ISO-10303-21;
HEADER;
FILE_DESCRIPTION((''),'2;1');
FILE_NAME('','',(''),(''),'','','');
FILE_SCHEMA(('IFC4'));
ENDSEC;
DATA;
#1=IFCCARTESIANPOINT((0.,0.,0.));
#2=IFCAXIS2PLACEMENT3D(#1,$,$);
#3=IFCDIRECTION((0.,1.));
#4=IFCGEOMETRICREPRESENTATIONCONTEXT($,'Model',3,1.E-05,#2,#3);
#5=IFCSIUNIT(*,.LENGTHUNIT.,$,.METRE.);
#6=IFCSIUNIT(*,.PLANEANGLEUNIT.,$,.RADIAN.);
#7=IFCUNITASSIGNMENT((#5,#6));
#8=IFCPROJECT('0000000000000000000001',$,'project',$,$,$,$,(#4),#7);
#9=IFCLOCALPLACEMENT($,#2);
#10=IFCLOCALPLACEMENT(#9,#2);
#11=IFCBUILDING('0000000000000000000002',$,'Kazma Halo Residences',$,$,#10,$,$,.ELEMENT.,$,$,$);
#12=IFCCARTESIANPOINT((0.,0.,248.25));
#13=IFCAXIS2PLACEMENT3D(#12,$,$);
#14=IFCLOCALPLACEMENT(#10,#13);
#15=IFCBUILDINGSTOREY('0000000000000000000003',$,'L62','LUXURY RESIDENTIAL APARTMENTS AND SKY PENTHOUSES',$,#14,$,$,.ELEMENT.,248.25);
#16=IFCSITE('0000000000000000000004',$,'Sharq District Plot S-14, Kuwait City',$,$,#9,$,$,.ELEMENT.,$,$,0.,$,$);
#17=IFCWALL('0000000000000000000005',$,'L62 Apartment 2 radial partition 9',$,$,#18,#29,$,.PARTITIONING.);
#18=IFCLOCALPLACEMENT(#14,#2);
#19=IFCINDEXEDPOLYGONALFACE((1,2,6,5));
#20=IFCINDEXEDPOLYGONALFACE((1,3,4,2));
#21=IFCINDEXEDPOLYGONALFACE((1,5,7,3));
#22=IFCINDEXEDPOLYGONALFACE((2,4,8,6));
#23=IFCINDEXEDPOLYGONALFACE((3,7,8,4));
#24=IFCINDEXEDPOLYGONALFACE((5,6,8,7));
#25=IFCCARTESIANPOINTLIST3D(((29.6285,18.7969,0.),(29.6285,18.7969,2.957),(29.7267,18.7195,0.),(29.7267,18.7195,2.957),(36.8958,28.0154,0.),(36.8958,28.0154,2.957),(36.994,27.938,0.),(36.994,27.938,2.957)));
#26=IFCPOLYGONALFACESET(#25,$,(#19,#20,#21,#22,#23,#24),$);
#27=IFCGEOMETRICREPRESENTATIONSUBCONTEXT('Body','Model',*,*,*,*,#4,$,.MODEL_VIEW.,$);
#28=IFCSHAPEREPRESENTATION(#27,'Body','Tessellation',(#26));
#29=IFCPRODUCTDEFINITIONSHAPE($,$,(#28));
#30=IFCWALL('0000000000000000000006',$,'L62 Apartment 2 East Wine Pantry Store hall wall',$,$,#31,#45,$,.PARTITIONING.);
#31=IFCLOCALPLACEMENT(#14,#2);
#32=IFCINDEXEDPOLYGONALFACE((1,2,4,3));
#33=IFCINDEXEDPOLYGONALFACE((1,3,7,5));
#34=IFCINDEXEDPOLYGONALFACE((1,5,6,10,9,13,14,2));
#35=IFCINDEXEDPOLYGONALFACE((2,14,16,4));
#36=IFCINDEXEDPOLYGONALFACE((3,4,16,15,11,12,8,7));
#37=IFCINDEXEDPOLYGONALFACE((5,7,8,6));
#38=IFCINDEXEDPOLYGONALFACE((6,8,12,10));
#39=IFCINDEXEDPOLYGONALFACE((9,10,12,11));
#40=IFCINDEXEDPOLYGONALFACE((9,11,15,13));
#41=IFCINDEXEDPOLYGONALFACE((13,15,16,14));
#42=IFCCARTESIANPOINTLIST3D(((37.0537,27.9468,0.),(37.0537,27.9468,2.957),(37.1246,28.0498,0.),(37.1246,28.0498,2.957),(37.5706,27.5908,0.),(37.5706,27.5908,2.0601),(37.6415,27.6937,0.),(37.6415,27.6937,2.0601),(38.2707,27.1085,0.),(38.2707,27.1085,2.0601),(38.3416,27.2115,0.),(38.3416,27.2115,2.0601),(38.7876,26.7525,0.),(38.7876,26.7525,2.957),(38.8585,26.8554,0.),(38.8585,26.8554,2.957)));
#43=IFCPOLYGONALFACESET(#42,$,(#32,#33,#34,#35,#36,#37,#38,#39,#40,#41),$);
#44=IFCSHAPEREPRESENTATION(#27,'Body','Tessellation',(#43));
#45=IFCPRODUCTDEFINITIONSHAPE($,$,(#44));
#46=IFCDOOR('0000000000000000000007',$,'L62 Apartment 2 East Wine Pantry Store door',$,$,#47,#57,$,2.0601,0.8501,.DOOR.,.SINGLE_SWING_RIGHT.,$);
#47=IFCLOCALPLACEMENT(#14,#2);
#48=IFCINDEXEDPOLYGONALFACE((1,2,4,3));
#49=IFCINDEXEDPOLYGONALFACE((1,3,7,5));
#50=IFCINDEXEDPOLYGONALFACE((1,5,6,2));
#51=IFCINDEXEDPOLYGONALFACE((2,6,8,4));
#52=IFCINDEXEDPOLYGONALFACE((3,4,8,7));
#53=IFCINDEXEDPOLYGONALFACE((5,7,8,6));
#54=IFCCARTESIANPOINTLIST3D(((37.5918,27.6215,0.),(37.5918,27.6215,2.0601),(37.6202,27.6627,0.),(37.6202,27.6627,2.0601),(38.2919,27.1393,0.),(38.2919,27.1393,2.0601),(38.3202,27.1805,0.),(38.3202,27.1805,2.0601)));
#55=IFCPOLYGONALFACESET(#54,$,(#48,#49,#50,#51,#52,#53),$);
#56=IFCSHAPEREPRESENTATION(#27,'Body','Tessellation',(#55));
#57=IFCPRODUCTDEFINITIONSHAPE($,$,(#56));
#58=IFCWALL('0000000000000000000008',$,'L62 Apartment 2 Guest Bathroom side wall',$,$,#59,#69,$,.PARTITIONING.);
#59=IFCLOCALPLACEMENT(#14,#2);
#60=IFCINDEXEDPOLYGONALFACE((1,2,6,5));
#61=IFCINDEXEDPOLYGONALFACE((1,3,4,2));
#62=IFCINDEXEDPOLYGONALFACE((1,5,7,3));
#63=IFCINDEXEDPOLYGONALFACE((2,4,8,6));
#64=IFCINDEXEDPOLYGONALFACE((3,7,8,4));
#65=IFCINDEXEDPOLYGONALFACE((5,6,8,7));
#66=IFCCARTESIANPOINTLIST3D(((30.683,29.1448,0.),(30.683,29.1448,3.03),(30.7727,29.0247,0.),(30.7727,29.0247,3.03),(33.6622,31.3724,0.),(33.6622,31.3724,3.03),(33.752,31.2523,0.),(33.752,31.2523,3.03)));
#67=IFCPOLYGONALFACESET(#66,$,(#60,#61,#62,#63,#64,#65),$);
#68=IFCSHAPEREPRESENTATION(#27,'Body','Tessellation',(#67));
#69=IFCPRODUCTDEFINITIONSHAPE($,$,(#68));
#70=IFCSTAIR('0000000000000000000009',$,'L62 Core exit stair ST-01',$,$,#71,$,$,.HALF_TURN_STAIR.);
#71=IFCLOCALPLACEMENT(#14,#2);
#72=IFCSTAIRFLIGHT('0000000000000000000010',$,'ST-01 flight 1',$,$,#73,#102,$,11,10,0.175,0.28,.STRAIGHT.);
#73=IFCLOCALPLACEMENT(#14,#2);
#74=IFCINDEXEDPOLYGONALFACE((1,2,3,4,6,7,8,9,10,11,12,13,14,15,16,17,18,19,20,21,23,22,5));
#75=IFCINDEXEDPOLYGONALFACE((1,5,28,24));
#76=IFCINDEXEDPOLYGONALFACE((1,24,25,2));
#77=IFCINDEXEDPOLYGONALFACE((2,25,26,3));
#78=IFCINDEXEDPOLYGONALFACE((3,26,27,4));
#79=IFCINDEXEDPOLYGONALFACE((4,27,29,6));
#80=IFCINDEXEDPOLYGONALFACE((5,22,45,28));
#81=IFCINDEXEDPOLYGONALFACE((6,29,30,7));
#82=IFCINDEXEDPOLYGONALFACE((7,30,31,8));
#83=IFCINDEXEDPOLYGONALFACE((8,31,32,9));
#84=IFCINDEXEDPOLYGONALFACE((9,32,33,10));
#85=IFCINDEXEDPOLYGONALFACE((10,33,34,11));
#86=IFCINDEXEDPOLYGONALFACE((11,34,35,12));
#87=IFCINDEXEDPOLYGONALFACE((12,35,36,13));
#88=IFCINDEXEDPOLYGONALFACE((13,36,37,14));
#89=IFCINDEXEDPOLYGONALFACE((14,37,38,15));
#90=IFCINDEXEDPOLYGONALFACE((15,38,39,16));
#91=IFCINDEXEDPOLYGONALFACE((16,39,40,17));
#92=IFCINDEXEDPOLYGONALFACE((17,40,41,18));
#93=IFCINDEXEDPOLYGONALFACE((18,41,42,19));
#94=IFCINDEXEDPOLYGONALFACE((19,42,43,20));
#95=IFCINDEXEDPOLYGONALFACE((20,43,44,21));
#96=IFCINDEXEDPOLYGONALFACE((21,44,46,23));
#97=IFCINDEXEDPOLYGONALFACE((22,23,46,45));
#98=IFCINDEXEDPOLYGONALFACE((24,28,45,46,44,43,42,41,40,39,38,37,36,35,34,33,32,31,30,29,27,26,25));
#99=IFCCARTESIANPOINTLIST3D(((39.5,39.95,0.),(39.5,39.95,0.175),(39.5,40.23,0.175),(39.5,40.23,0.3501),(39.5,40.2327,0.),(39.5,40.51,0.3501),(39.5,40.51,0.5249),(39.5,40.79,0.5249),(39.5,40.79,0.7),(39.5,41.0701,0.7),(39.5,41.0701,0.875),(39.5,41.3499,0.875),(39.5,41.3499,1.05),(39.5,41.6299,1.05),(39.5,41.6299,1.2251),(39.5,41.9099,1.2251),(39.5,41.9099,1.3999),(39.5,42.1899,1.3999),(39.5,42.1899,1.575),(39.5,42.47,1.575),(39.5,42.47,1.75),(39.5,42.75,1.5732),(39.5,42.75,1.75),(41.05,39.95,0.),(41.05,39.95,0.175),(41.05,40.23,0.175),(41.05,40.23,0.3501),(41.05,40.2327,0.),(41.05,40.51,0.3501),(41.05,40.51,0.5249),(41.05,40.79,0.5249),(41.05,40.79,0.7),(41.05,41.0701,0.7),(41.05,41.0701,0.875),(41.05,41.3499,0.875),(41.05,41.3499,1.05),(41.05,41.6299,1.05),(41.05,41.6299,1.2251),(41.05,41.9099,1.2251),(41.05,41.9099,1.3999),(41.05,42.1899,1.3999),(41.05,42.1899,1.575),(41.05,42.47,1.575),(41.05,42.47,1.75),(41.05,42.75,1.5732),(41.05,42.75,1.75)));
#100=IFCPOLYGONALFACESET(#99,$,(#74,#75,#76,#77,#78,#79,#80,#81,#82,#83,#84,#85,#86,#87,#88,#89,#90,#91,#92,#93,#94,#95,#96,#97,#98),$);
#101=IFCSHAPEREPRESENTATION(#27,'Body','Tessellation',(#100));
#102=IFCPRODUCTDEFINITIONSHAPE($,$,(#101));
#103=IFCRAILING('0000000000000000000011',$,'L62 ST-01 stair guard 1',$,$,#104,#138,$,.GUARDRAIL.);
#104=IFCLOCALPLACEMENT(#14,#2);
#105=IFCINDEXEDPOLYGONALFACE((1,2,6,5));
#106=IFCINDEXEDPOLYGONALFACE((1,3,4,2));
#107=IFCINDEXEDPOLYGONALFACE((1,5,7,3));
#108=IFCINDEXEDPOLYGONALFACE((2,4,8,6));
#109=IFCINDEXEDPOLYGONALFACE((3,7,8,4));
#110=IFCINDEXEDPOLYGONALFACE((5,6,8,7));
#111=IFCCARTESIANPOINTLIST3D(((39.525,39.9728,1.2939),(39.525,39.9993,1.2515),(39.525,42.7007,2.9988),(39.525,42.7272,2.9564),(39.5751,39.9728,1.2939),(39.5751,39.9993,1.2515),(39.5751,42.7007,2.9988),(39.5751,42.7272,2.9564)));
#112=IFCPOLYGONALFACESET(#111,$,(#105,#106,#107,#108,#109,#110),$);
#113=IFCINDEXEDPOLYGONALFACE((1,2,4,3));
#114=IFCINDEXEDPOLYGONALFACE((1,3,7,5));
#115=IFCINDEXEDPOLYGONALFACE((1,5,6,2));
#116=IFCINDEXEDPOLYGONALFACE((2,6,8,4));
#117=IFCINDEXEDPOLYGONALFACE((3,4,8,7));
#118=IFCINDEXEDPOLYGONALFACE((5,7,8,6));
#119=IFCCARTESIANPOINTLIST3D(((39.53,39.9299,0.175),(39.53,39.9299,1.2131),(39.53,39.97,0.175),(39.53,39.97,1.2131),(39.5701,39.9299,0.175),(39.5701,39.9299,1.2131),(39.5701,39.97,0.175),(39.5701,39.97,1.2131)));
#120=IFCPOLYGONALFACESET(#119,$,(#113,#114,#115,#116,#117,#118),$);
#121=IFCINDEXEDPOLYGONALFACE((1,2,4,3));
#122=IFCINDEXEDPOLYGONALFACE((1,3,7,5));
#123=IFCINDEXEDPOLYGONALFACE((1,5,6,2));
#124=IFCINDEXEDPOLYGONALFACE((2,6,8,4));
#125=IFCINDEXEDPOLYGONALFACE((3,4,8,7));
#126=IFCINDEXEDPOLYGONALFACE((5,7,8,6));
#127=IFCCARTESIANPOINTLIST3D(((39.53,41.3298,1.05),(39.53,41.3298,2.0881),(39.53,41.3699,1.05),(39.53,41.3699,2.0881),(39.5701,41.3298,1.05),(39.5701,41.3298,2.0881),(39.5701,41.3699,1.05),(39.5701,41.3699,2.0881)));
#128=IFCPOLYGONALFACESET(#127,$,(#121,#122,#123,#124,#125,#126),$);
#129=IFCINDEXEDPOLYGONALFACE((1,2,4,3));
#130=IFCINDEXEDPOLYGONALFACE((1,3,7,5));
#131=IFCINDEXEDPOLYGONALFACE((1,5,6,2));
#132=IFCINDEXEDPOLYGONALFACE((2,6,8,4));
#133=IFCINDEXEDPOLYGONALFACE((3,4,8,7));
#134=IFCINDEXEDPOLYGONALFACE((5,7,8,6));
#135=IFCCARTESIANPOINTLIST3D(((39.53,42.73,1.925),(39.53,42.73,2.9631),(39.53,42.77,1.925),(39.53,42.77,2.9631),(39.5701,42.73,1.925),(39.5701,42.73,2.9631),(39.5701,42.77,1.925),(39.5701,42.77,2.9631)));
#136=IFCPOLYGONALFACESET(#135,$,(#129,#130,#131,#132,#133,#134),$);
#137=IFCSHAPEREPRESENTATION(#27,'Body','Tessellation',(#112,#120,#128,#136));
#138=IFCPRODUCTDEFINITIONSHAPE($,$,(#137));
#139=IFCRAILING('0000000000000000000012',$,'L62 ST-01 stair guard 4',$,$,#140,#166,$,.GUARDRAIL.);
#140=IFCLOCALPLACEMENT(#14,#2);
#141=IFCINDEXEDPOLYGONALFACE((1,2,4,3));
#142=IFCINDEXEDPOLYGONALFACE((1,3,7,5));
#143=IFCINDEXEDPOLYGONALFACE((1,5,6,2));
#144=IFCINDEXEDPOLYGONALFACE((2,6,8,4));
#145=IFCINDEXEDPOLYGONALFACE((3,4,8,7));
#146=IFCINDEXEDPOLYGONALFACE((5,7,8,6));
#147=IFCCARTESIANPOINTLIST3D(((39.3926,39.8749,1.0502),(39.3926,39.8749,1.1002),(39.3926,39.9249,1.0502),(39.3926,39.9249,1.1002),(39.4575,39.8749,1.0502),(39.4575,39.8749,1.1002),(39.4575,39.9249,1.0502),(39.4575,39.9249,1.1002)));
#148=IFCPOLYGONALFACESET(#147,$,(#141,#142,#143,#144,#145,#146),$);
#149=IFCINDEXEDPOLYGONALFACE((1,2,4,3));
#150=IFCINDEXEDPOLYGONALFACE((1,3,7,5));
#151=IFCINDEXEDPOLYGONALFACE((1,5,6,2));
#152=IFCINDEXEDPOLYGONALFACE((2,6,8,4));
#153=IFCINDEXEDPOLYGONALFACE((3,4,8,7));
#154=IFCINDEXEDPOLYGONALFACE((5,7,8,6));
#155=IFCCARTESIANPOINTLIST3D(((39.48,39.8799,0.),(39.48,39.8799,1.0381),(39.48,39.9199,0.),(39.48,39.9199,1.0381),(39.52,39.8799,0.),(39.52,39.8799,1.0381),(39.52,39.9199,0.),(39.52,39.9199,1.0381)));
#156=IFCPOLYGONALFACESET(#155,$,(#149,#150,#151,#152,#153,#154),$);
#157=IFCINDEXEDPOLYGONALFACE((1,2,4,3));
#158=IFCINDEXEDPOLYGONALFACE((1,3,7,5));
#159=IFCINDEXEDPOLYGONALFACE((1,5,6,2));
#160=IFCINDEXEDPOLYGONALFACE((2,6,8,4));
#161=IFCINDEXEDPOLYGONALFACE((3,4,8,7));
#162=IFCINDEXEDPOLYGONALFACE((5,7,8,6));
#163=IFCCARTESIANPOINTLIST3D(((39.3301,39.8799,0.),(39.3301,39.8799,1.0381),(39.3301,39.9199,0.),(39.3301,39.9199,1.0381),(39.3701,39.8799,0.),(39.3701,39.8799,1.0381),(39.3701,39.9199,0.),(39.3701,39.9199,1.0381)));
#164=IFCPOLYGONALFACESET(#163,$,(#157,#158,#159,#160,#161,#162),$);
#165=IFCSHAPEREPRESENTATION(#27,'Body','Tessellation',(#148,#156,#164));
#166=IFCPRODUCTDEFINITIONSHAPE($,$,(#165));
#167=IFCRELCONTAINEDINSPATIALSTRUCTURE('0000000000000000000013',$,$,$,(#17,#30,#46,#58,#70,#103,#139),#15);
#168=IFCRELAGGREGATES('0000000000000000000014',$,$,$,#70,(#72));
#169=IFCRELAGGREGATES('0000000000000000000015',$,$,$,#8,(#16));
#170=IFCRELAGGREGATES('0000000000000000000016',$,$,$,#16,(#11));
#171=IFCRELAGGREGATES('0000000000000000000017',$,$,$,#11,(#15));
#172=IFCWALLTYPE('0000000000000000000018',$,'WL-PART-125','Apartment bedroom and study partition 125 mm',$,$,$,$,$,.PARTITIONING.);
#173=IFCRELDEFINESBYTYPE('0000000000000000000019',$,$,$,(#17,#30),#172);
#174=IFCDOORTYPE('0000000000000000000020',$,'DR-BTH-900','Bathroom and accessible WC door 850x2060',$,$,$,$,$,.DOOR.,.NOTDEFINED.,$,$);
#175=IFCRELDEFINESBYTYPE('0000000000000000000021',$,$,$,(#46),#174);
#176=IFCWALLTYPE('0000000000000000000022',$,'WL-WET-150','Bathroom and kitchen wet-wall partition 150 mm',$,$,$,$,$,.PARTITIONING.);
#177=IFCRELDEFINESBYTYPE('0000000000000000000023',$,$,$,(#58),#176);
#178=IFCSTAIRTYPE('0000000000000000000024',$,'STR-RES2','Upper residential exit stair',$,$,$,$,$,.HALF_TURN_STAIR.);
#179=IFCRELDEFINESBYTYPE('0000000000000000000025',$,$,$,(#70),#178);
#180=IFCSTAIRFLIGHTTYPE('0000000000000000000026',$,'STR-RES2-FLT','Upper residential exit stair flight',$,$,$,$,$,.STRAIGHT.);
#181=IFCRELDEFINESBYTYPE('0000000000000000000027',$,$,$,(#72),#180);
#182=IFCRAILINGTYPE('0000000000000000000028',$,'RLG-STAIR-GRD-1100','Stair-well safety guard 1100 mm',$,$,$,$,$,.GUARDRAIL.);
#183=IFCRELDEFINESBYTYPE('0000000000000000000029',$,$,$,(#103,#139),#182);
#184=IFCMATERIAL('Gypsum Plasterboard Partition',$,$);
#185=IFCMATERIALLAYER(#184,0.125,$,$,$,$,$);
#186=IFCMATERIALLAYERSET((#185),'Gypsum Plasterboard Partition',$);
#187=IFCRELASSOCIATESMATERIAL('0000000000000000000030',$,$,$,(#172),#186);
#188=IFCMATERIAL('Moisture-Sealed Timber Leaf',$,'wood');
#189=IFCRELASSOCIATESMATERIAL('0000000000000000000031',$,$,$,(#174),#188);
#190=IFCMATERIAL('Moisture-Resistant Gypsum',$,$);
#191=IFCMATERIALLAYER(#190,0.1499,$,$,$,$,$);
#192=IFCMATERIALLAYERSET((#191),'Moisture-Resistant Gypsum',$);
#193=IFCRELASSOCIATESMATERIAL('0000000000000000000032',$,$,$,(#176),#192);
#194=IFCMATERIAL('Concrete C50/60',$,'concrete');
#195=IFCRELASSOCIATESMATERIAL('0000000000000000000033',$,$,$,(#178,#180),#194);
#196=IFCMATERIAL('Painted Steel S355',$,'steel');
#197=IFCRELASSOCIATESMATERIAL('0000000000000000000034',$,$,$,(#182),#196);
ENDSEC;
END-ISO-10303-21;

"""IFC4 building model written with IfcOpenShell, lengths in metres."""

from ifc_helpers import new_model, si_unit, direction, frame, frame_2d, origin, origin_2d, place, context, subcontext, project, spatial, polyline, rectangle, outline, extrude, material, layer, layer_set, type_object, element, fill, aggregate, save


model = new_model("IFC4")

# Units and contexts
model_context = context("Model", 3, precision=1e-05, world=origin(), true_north=direction((0.0, 1.0)))
body_context = subcontext(model_context, "Body", "Model", "MODEL_VIEW")
ifc_project = project(units=[si_unit("LENGTHUNIT", "METRE"), si_unit("PLANEANGLEUNIT", "RADIAN")], contexts=[model_context])

# Site, building, storey
site_placement = place(None, origin())
site = spatial("IfcSite", under=ifc_project, at=site_placement, Name="Sharq District Plot S-14, Kuwait City", CompositionType="ELEMENT", RefElevation=0.0)
building_placement = place(site_placement, origin())
building = spatial("IfcBuilding", under=site, at=building_placement, Name="Kazma Halo Residences", CompositionType="ELEMENT")
storey_placement = place(building_placement, frame((0.0, 0.0, 248.25)))
storey = spatial("IfcBuildingStorey", under=building, at=storey_placement, Name="L62", Description="LUXURY RESIDENTIAL APARTMENTS AND SKY PENTHOUSES", CompositionType="ELEMENT", Elevation=248.25)

# Shared definitions
ifc_material_1 = material(Name="Gypsum Plasterboard Partition")
ifc_layer_1 = layer(ifc_material_1, 0.125)
ifc_layer_set_1 = layer_set([ifc_layer_1], Name="Gypsum Plasterboard Partition")
wall_type_1 = type_object("IfcWallType", Name="WL-PART-125", Description="Apartment bedroom and study partition 125 mm", PredefinedType="PARTITIONING", material=ifc_layer_set_1)

# Shared definitions
ifc_material_2 = material(Name="Moisture-Sealed Timber Leaf", Category="wood")
door_type_1 = type_object("IfcDoorType", Name="DR-BTH-900", Description="Bathroom and accessible WC door 850x2060", OperationType="NOTDEFINED", PredefinedType="DOOR", material=ifc_material_2)

# Wall
wall_1_placement = place(storey_placement, frame((36.9448, 27.9766, 0.0), z_axis=(0.0, 0.0, 1.0), x_axis=(-0.619097, -0.785315, 0.0)))
element("IfcWall", 1, at=wall_1_placement, inside=storey, type_object=wall_type_1, Name="L62 Apartment 2 radial partition 9", PredefinedType="PARTITIONING", context=body_context, shape_type="SweptSolid", body=[
    extrude(rectangle(XDim=11.7385, YDim=0.125, at=frame_2d((5.8691, 0.0))), origin(), (0.0, 0.0, 1.0), 2.957),
])

# Wall, opening, door
wall_2_placement = place(storey_placement, frame((37.0891, 27.9983, 0.0), z_axis=(0.0, 0.0, 1.0), x_axis=(0.823534, -0.567267, 0.0)))
wall_2 = element("IfcWall", 2, at=wall_2_placement, inside=storey, type_object=wall_type_1, Name="L62 Apartment 2 East Wine Pantry Store hall wall", PredefinedType="PARTITIONING", context=body_context, shape_type="SweptSolid", body=[
    extrude(rectangle(XDim=2.1055, YDim=0.125, at=frame_2d((1.0527, 0.0))), origin(), (0.0, 0.0, 1.0), 2.957),
])
opening_1_placement = place(wall_2_placement, frame((0.6277, 0.0, 0.0)))
opening_1 = element("IfcOpeningElement", 3, at=opening_1_placement, cuts=wall_2, PredefinedType="OPENING", context=body_context, shape_type="SweptSolid", body=[
    extrude(rectangle(XDim=0.8501, YDim=2.0601, at=frame_2d((0.425, 1.03))), frame((0.0, 0.0725, 0.0), z_axis=(0.0, -1.0, 0.0), x_axis=(1.0, 0.0, 0.0)), (0.0, 0.0, 1.0), 0.145),
])
door_1_placement = place(opening_1_placement, origin())
door_1 = element("IfcDoor", 4, at=door_1_placement, inside=storey, type_object=door_type_1, Name="L62 Apartment 2 East Wine Pantry Store door", OperationType="SINGLE_SWING_RIGHT", OverallHeight=2.0601, OverallWidth=0.8501, PredefinedType="DOOR", context=body_context, shape_type="SweptSolid", body=[
    extrude(rectangle(XDim=0.8501, YDim=2.0601, at=frame_2d((0.425, 1.03))), frame((0.0, 0.0249, 0.0), z_axis=(0.0, -1.0, 0.0), x_axis=(1.0, 0.0, 0.0)), (0.0, 0.0, 1.0), 0.05),
])
fill(opening_1, door_1)
ifc_material_3 = material(Name="Concrete C50/60", Category="concrete")

# Wall
ifc_material_4 = material(Name="Moisture-Resistant Gypsum")
ifc_layer_2 = layer(ifc_material_4, 0.1499)
ifc_layer_set_2 = layer_set([ifc_layer_2], Name="Moisture-Resistant Gypsum")
wall_type_2 = type_object("IfcWallType", Name="WL-WET-150", Description="Bathroom and kitchen wet-wall partition 150 mm", PredefinedType="PARTITIONING", material=ifc_layer_set_2)
wall_3_placement = place(storey_placement, frame((33.707, 31.3123, 0.0), z_axis=(0.0, 0.0, 1.0), x_axis=(-0.800889, -0.598813, 0.0)))
element("IfcWall", 5, at=wall_3_placement, inside=storey, type_object=wall_type_2, Name="L62 Apartment 2 Guest Bathroom side wall", PredefinedType="PARTITIONING", context=body_context, shape_type="SweptSolid", body=[
    extrude(rectangle(XDim=3.72, YDim=0.1499, at=frame_2d((1.8599, 0.0))), origin(), (0.0, 0.0, 1.0), 3.03),
])

# Stair, stair flight
stair_type = type_object("IfcStairType", Name="STR-RES2", Description="Upper residential exit stair", PredefinedType="HALF_TURN_STAIR", material=ifc_material_3)
stair_placement = place(storey_placement, origin())
stair = element("IfcStair", 6, at=stair_placement, inside=storey, type_object=stair_type, Name="L62 Core exit stair ST-01", PredefinedType="HALF_TURN_STAIR")
stair_flight_type = type_object("IfcStairFlightType", Name="STR-RES2-FLT", Description="Upper residential exit stair flight", PredefinedType="STRAIGHT", material=ifc_material_3)
stair_flight_placement = place(storey_placement, frame((40.2749, 39.95, 0.0), z_axis=(0.0, 0.0, 1.0), x_axis=(0.0, 1.0, 0.0)))
stair_flight = element("IfcStairFlight", 7, at=stair_flight_placement, type_object=stair_flight_type, Name="ST-01 flight 1", NumberOfRisers=11, NumberOfTreads=10, PredefinedType="STRAIGHT", RiserHeight=0.175, TreadLength=0.28, context=body_context, shape_type="SweptSolid", body=[
    extrude(outline(polyline([(0.0, 0.0), (0.0, 0.175), (0.28, 0.175), (0.28, 0.3501), (0.5601, 0.3501), (0.5601, 0.5249), (0.8401, 0.5249), (0.8401, 0.7), (1.1201, 0.7), (1.1201, 0.875), (1.3999, 0.875), (1.3999, 1.05), (1.6799, 1.05), (1.6799, 1.2251), (1.96, 1.2251), (1.96, 1.3999), (2.24, 1.3999), (2.24, 1.575), (2.52, 1.575), (2.52, 1.75), (2.8, 1.75), (2.8, 1.925), (2.8, 1.5732), (0.2827, 0.0), (0.0, 0.0)])), frame((0.0, 0.7749, 0.0), z_axis=(0.0, -1.0, 0.0), x_axis=(1.0, 0.0, 0.0)), (0.0, 0.0, 1.0), 1.55),
])
aggregate(stair, [stair_flight])

# Railings
ifc_material_5 = material(Name="Painted Steel S355", Category="steel")
railing_type = type_object("IfcRailingType", Name="RLG-STAIR-GRD-1100", Description="Stair-well safety guard 1100 mm", PredefinedType="GUARDRAIL", material=ifc_material_5)
railing_1_placement = place(storey_placement, frame((39.55, 39.95, 0.175)))
element("IfcRailing", 8, at=railing_1_placement, inside=storey, type_object=railing_type, Name="L62 ST-01 stair guard 1", PredefinedType="GUARDRAIL", context=body_context, shape_type="SweptSolid", body=[
    extrude(rectangle(XDim=0.05, YDim=0.05, at=origin_2d()), frame((0.0, 0.0361, 1.0977), z_axis=(0.0, 0.848002, 0.529992), x_axis=(-1.0, 0.0, 0.0)), (0.0, 0.0, 1.0), 3.2168),
    extrude(rectangle(XDim=0.04, YDim=0.04, at=origin_2d()), origin(), (0.0, 0.0, 1.0), 1.0381),
    extrude(rectangle(XDim=0.04, YDim=0.04, at=origin_2d()), frame((0.0, 1.3999, 0.875)), (0.0, 0.0, 1.0), 1.0381),
    extrude(rectangle(XDim=0.04, YDim=0.04, at=origin_2d()), frame((0.0, 2.8, 1.75)), (0.0, 0.0, 1.0), 1.0381),
])
railing_2_placement = place(storey_placement, frame((39.5, 39.8999, 0.0)))
element("IfcRailing", 9, at=railing_2_placement, inside=storey, type_object=railing_type, Name="L62 ST-01 stair guard 4", PredefinedType="GUARDRAIL", context=body_context, shape_type="SweptSolid", body=[
    extrude(rectangle(XDim=0.05, YDim=0.05, at=origin_2d()), frame((-0.0425, 0.0, 1.0752), z_axis=(-1.0, 0.0, 0.0), x_axis=(0.0, -1.0, 0.0)), (0.0, 0.0, 1.0), 0.0649),
    extrude(rectangle(XDim=0.04, YDim=0.04, at=origin_2d()), origin(), (0.0, 0.0, 1.0), 1.0381),
    extrude(rectangle(XDim=0.04, YDim=0.04, at=origin_2d()), frame((-0.1499, 0.0, 0.0)), (0.0, 0.0, 1.0), 1.0381),
])

save(model, "model.ifc")
